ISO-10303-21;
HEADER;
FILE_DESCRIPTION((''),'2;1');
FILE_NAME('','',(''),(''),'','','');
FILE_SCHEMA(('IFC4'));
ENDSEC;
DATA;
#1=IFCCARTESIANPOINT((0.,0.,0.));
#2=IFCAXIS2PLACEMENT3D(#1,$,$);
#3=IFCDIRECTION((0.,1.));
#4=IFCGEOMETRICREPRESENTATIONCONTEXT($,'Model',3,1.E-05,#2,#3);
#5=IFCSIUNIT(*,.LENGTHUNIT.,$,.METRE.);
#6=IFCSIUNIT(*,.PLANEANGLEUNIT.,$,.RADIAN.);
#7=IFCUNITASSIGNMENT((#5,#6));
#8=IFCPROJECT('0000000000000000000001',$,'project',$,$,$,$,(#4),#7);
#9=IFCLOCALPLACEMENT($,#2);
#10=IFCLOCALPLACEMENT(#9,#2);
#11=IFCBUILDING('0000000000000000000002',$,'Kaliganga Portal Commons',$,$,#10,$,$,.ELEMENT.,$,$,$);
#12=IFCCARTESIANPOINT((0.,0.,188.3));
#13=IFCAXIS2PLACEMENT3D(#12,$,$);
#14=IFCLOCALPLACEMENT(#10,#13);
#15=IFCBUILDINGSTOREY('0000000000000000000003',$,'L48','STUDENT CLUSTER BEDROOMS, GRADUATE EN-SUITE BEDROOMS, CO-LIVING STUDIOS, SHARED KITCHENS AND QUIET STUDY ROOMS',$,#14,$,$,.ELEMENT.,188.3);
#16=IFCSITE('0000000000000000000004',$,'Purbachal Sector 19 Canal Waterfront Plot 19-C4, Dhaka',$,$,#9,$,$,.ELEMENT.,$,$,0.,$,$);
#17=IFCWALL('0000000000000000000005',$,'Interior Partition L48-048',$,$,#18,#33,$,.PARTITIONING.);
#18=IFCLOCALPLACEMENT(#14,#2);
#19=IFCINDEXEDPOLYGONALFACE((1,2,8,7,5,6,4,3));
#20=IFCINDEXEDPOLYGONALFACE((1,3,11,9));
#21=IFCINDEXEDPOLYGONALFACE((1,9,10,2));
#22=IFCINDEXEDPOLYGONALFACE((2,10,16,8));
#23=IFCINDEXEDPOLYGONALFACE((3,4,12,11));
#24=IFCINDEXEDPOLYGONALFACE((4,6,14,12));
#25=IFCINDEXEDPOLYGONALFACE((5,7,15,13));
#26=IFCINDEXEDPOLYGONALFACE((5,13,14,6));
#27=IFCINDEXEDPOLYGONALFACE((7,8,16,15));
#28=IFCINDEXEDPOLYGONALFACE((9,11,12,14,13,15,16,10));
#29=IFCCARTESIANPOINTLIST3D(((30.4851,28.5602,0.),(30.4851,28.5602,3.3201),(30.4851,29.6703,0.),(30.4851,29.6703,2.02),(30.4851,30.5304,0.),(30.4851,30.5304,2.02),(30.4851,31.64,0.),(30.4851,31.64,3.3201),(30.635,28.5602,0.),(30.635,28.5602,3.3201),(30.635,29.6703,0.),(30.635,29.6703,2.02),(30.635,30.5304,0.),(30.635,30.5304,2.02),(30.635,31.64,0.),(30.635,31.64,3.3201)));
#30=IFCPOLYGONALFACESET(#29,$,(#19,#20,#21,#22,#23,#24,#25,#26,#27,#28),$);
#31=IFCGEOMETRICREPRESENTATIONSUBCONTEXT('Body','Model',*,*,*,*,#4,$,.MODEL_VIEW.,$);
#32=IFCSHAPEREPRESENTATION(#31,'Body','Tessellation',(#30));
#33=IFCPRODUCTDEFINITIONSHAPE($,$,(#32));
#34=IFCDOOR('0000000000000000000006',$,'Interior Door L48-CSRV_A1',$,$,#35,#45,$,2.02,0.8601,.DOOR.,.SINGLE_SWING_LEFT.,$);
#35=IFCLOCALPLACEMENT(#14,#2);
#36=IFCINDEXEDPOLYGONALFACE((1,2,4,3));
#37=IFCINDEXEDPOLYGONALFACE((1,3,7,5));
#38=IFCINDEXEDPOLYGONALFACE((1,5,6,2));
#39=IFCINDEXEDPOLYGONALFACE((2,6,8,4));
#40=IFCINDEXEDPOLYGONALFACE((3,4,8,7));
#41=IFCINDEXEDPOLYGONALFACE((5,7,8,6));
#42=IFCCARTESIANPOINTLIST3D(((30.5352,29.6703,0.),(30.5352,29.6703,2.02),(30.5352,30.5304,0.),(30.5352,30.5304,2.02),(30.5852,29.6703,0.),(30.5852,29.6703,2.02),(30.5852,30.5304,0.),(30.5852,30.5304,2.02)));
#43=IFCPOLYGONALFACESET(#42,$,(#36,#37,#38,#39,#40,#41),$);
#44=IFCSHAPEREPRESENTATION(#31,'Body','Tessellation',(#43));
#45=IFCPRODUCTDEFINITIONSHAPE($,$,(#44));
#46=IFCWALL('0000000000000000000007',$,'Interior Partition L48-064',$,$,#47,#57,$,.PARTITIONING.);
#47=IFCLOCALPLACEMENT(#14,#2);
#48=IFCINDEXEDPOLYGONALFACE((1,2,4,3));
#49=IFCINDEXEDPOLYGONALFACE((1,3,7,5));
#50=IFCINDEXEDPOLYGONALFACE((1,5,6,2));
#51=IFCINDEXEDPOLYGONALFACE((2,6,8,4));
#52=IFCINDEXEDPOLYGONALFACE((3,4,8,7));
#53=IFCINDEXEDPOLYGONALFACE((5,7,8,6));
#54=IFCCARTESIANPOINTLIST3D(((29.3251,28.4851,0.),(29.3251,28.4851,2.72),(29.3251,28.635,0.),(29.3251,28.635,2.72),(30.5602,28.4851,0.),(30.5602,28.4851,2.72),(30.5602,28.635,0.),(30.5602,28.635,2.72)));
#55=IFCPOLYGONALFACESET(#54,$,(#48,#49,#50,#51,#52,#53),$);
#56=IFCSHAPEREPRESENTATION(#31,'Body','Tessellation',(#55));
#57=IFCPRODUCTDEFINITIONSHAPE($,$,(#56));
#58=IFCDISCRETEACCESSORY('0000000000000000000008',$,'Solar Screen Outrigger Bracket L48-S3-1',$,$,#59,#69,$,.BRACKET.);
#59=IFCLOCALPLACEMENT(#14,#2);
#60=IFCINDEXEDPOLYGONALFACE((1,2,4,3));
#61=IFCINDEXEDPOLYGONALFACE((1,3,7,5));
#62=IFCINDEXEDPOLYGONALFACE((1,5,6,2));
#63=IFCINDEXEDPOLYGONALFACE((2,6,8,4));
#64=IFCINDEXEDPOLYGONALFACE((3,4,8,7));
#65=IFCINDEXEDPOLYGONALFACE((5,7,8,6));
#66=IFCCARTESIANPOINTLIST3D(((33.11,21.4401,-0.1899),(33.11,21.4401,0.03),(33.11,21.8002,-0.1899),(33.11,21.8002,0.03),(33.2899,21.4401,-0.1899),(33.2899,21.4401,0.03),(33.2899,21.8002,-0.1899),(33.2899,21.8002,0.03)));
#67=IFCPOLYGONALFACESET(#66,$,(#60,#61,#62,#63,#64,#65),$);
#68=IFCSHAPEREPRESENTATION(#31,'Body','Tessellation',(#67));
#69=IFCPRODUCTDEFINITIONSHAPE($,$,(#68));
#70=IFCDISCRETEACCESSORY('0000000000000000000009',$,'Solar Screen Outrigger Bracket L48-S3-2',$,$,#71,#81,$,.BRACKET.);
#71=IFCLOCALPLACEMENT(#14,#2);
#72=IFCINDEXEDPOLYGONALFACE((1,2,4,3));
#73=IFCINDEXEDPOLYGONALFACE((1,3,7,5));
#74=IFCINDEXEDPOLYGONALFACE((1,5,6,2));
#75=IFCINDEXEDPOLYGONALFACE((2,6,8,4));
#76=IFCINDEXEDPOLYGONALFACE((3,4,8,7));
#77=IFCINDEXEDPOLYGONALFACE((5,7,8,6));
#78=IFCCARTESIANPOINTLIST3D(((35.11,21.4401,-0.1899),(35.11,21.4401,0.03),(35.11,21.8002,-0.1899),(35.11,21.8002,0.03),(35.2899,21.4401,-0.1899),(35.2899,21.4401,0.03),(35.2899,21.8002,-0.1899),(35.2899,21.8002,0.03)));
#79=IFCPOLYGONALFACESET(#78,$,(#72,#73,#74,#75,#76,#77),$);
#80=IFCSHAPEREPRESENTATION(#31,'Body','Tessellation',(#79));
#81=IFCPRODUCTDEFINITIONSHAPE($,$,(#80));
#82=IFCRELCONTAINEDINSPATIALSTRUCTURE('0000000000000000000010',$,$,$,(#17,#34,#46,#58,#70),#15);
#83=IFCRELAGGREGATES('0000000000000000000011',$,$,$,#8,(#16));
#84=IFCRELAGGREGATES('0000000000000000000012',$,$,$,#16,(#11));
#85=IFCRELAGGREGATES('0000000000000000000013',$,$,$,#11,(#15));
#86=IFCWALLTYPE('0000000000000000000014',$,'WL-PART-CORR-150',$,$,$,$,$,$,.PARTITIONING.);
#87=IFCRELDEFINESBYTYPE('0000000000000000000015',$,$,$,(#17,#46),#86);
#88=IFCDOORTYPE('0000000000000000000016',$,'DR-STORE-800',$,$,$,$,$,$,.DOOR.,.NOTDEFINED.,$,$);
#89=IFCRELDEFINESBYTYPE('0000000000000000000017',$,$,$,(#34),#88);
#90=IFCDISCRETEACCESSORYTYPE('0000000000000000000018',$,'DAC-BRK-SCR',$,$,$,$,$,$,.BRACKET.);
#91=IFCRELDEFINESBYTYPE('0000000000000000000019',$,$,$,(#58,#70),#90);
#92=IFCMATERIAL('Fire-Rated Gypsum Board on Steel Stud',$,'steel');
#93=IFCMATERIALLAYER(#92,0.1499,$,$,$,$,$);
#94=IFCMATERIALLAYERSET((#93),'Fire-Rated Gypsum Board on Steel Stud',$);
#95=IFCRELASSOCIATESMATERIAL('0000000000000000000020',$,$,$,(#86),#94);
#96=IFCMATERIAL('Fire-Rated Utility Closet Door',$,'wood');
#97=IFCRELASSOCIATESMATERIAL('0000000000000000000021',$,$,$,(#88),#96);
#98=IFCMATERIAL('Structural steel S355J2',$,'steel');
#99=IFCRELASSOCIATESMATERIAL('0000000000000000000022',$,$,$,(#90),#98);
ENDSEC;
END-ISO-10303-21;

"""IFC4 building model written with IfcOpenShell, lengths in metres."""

from ifc_helpers import new_model, si_unit, direction, frame, frame_2d, origin, origin_2d, place, context, subcontext, project, spatial, rectangle, extrude, source, transform, mapped, material, layer, layer_set, type_object, element, fill, save


model = new_model("IFC4")

# Units and contexts
model_context = context("Model", 3, precision=1e-05, world=origin(), true_north=direction((0.0, 1.0)))
body_context = subcontext(model_context, "Body", "Model", "MODEL_VIEW")
ifc_project = project(units=[si_unit("LENGTHUNIT", "METRE"), si_unit("PLANEANGLEUNIT", "RADIAN")], contexts=[model_context])

# Site, building, storey
site_placement = place(None, origin())
site = spatial("IfcSite", under=ifc_project, at=site_placement, Name="Purbachal Sector 19 Canal Waterfront Plot 19-C4, Dhaka", CompositionType="ELEMENT", RefElevation=0.0)
building_placement = place(site_placement, origin())
building = spatial("IfcBuilding", under=site, at=building_placement, Name="Kaliganga Portal Commons", CompositionType="ELEMENT")
storey_placement = place(building_placement, frame((0.0, 0.0, 188.3)))
storey = spatial("IfcBuildingStorey", under=building, at=storey_placement, Name="L48", Description="STUDENT CLUSTER BEDROOMS, GRADUATE EN-SUITE BEDROOMS, CO-LIVING STUDIOS, SHARED KITCHENS AND QUIET STUDY ROOMS", CompositionType="ELEMENT", Elevation=188.3)

# Shared definitions
ifc_material_1 = material(Name="Structural steel S355J2", Category="steel")

# Shared definitions
ifc_material_2 = material(Name="Fire-Rated Gypsum Board on Steel Stud", Category="steel")
ifc_layer = layer(ifc_material_2, 0.1499)
ifc_layer_set = layer_set([ifc_layer], Name="Fire-Rated Gypsum Board on Steel Stud")
wall_type = type_object("IfcWallType", Name="WL-PART-CORR-150", PredefinedType="PARTITIONING", material=ifc_layer_set)

# Wall, opening, door
wall_1_placement = place(storey_placement, frame((30.5601, 28.5601, 0.0), z_axis=(0.0, 0.0, 1.0), x_axis=(0.0, 1.0, 0.0)))
wall_1 = element("IfcWall", 1, at=wall_1_placement, inside=storey, type_object=wall_type, Name="Interior Partition L48-048", PredefinedType="PARTITIONING", context=body_context, shape_type="SweptSolid", body=[
    extrude(rectangle(XDim=3.0798, YDim=0.1499, at=frame_2d((1.54, 0.0))), origin(), (0.0, 0.0, 1.0), 3.3201),
])
opening_1_placement = place(wall_1_placement, frame((1.1101, 0.0, 0.0)))
opening_1 = element("IfcOpeningElement", 2, at=opening_1_placement, cuts=wall_1, PredefinedType="OPENING", context=body_context, shape_type="SweptSolid", body=[
    extrude(rectangle(XDim=0.8601, YDim=2.02, at=frame_2d((0.4302, 1.01))), frame((0.0, 0.085, 0.0), z_axis=(0.0, -1.0, 0.0), x_axis=(1.0, 0.0, 0.0)), (0.0, 0.0, 1.0), 0.1699),
])
ifc_material_3 = material(Name="Fire-Rated Utility Closet Door", Category="wood")
door_type_1 = type_object("IfcDoorType", Name="DR-STORE-800", OperationType="NOTDEFINED", PredefinedType="DOOR", material=ifc_material_3)
door_1_placement = place(opening_1_placement, origin())
door_1 = element("IfcDoor", 3, at=door_1_placement, inside=storey, type_object=door_type_1, Name="Interior Door L48-CSRV_A1", OperationType="SINGLE_SWING_LEFT", OverallHeight=2.02, OverallWidth=0.8601, PredefinedType="DOOR", context=body_context, shape_type="SweptSolid", body=[
    extrude(rectangle(XDim=0.8601, YDim=2.02, at=frame_2d((0.4302, 1.01))), frame((0.0, 0.0249, 0.0), z_axis=(0.0, -1.0, 0.0), x_axis=(1.0, 0.0, 0.0)), (0.0, 0.0, 1.0), 0.05),
])
fill(opening_1, door_1)

# Wall
wall_2_placement = place(storey_placement, frame((29.325, 28.5601, 0.0), z_axis=(0.0, 0.0, 1.0), x_axis=(1.0, 0.0, 0.0)))
element("IfcWall", 4, at=wall_2_placement, inside=storey, type_object=wall_type, Name="Interior Partition L48-064", PredefinedType="PARTITIONING", context=body_context, shape_type="SweptSolid", body=[
    extrude(rectangle(XDim=1.2351, YDim=0.1499, at=frame_2d((0.6177, 0.0))), origin(), (0.0, 0.0, 1.0), 2.72),
])

# Discrete accessories
discrete_accessory_type = type_object("IfcDiscreteAccessoryType", Name="DAC-BRK-SCR", PredefinedType="BRACKET", material=ifc_material_1)
shared_shape_1 = source(origin(), body_context, "Body", "SweptSolid", [
    extrude(rectangle(XDim=0.1799, YDim=0.3601, at=origin_2d()), origin(), (0.0, 0.0, 1.0), 0.22),
])
for number, where, z_axis, x_axis, name in (
    (5, (33.2, 21.6201, -0.1899), (0.0, 0.0, 1.0), (1.0, 0.0, 0.0), "Solar Screen Outrigger Bracket L48-S3-1"),
    (6, (35.2, 21.6201, -0.1899), (0.0, 0.0, 1.0), (1.0, 0.0, 0.0), "Solar Screen Outrigger Bracket L48-S3-2"),
):
    element("IfcDiscreteAccessory", number, at=place(storey_placement, frame(where, z_axis=z_axis, x_axis=x_axis)), inside=storey, type_object=discrete_accessory_type, Name=name, PredefinedType="BRACKET", context=body_context, shape_type="MappedRepresentation", body=[
        mapped(shared_shape_1, transform((0.0, 0.0, 0.0), x_axis=(1.0, 0.0, 0.0), y_axis=(0.0, 1.0, 0.0), z_axis=(0.0, 0.0, 1.0), scale=1.0)),
    ])

save(model, "model.ifc")
